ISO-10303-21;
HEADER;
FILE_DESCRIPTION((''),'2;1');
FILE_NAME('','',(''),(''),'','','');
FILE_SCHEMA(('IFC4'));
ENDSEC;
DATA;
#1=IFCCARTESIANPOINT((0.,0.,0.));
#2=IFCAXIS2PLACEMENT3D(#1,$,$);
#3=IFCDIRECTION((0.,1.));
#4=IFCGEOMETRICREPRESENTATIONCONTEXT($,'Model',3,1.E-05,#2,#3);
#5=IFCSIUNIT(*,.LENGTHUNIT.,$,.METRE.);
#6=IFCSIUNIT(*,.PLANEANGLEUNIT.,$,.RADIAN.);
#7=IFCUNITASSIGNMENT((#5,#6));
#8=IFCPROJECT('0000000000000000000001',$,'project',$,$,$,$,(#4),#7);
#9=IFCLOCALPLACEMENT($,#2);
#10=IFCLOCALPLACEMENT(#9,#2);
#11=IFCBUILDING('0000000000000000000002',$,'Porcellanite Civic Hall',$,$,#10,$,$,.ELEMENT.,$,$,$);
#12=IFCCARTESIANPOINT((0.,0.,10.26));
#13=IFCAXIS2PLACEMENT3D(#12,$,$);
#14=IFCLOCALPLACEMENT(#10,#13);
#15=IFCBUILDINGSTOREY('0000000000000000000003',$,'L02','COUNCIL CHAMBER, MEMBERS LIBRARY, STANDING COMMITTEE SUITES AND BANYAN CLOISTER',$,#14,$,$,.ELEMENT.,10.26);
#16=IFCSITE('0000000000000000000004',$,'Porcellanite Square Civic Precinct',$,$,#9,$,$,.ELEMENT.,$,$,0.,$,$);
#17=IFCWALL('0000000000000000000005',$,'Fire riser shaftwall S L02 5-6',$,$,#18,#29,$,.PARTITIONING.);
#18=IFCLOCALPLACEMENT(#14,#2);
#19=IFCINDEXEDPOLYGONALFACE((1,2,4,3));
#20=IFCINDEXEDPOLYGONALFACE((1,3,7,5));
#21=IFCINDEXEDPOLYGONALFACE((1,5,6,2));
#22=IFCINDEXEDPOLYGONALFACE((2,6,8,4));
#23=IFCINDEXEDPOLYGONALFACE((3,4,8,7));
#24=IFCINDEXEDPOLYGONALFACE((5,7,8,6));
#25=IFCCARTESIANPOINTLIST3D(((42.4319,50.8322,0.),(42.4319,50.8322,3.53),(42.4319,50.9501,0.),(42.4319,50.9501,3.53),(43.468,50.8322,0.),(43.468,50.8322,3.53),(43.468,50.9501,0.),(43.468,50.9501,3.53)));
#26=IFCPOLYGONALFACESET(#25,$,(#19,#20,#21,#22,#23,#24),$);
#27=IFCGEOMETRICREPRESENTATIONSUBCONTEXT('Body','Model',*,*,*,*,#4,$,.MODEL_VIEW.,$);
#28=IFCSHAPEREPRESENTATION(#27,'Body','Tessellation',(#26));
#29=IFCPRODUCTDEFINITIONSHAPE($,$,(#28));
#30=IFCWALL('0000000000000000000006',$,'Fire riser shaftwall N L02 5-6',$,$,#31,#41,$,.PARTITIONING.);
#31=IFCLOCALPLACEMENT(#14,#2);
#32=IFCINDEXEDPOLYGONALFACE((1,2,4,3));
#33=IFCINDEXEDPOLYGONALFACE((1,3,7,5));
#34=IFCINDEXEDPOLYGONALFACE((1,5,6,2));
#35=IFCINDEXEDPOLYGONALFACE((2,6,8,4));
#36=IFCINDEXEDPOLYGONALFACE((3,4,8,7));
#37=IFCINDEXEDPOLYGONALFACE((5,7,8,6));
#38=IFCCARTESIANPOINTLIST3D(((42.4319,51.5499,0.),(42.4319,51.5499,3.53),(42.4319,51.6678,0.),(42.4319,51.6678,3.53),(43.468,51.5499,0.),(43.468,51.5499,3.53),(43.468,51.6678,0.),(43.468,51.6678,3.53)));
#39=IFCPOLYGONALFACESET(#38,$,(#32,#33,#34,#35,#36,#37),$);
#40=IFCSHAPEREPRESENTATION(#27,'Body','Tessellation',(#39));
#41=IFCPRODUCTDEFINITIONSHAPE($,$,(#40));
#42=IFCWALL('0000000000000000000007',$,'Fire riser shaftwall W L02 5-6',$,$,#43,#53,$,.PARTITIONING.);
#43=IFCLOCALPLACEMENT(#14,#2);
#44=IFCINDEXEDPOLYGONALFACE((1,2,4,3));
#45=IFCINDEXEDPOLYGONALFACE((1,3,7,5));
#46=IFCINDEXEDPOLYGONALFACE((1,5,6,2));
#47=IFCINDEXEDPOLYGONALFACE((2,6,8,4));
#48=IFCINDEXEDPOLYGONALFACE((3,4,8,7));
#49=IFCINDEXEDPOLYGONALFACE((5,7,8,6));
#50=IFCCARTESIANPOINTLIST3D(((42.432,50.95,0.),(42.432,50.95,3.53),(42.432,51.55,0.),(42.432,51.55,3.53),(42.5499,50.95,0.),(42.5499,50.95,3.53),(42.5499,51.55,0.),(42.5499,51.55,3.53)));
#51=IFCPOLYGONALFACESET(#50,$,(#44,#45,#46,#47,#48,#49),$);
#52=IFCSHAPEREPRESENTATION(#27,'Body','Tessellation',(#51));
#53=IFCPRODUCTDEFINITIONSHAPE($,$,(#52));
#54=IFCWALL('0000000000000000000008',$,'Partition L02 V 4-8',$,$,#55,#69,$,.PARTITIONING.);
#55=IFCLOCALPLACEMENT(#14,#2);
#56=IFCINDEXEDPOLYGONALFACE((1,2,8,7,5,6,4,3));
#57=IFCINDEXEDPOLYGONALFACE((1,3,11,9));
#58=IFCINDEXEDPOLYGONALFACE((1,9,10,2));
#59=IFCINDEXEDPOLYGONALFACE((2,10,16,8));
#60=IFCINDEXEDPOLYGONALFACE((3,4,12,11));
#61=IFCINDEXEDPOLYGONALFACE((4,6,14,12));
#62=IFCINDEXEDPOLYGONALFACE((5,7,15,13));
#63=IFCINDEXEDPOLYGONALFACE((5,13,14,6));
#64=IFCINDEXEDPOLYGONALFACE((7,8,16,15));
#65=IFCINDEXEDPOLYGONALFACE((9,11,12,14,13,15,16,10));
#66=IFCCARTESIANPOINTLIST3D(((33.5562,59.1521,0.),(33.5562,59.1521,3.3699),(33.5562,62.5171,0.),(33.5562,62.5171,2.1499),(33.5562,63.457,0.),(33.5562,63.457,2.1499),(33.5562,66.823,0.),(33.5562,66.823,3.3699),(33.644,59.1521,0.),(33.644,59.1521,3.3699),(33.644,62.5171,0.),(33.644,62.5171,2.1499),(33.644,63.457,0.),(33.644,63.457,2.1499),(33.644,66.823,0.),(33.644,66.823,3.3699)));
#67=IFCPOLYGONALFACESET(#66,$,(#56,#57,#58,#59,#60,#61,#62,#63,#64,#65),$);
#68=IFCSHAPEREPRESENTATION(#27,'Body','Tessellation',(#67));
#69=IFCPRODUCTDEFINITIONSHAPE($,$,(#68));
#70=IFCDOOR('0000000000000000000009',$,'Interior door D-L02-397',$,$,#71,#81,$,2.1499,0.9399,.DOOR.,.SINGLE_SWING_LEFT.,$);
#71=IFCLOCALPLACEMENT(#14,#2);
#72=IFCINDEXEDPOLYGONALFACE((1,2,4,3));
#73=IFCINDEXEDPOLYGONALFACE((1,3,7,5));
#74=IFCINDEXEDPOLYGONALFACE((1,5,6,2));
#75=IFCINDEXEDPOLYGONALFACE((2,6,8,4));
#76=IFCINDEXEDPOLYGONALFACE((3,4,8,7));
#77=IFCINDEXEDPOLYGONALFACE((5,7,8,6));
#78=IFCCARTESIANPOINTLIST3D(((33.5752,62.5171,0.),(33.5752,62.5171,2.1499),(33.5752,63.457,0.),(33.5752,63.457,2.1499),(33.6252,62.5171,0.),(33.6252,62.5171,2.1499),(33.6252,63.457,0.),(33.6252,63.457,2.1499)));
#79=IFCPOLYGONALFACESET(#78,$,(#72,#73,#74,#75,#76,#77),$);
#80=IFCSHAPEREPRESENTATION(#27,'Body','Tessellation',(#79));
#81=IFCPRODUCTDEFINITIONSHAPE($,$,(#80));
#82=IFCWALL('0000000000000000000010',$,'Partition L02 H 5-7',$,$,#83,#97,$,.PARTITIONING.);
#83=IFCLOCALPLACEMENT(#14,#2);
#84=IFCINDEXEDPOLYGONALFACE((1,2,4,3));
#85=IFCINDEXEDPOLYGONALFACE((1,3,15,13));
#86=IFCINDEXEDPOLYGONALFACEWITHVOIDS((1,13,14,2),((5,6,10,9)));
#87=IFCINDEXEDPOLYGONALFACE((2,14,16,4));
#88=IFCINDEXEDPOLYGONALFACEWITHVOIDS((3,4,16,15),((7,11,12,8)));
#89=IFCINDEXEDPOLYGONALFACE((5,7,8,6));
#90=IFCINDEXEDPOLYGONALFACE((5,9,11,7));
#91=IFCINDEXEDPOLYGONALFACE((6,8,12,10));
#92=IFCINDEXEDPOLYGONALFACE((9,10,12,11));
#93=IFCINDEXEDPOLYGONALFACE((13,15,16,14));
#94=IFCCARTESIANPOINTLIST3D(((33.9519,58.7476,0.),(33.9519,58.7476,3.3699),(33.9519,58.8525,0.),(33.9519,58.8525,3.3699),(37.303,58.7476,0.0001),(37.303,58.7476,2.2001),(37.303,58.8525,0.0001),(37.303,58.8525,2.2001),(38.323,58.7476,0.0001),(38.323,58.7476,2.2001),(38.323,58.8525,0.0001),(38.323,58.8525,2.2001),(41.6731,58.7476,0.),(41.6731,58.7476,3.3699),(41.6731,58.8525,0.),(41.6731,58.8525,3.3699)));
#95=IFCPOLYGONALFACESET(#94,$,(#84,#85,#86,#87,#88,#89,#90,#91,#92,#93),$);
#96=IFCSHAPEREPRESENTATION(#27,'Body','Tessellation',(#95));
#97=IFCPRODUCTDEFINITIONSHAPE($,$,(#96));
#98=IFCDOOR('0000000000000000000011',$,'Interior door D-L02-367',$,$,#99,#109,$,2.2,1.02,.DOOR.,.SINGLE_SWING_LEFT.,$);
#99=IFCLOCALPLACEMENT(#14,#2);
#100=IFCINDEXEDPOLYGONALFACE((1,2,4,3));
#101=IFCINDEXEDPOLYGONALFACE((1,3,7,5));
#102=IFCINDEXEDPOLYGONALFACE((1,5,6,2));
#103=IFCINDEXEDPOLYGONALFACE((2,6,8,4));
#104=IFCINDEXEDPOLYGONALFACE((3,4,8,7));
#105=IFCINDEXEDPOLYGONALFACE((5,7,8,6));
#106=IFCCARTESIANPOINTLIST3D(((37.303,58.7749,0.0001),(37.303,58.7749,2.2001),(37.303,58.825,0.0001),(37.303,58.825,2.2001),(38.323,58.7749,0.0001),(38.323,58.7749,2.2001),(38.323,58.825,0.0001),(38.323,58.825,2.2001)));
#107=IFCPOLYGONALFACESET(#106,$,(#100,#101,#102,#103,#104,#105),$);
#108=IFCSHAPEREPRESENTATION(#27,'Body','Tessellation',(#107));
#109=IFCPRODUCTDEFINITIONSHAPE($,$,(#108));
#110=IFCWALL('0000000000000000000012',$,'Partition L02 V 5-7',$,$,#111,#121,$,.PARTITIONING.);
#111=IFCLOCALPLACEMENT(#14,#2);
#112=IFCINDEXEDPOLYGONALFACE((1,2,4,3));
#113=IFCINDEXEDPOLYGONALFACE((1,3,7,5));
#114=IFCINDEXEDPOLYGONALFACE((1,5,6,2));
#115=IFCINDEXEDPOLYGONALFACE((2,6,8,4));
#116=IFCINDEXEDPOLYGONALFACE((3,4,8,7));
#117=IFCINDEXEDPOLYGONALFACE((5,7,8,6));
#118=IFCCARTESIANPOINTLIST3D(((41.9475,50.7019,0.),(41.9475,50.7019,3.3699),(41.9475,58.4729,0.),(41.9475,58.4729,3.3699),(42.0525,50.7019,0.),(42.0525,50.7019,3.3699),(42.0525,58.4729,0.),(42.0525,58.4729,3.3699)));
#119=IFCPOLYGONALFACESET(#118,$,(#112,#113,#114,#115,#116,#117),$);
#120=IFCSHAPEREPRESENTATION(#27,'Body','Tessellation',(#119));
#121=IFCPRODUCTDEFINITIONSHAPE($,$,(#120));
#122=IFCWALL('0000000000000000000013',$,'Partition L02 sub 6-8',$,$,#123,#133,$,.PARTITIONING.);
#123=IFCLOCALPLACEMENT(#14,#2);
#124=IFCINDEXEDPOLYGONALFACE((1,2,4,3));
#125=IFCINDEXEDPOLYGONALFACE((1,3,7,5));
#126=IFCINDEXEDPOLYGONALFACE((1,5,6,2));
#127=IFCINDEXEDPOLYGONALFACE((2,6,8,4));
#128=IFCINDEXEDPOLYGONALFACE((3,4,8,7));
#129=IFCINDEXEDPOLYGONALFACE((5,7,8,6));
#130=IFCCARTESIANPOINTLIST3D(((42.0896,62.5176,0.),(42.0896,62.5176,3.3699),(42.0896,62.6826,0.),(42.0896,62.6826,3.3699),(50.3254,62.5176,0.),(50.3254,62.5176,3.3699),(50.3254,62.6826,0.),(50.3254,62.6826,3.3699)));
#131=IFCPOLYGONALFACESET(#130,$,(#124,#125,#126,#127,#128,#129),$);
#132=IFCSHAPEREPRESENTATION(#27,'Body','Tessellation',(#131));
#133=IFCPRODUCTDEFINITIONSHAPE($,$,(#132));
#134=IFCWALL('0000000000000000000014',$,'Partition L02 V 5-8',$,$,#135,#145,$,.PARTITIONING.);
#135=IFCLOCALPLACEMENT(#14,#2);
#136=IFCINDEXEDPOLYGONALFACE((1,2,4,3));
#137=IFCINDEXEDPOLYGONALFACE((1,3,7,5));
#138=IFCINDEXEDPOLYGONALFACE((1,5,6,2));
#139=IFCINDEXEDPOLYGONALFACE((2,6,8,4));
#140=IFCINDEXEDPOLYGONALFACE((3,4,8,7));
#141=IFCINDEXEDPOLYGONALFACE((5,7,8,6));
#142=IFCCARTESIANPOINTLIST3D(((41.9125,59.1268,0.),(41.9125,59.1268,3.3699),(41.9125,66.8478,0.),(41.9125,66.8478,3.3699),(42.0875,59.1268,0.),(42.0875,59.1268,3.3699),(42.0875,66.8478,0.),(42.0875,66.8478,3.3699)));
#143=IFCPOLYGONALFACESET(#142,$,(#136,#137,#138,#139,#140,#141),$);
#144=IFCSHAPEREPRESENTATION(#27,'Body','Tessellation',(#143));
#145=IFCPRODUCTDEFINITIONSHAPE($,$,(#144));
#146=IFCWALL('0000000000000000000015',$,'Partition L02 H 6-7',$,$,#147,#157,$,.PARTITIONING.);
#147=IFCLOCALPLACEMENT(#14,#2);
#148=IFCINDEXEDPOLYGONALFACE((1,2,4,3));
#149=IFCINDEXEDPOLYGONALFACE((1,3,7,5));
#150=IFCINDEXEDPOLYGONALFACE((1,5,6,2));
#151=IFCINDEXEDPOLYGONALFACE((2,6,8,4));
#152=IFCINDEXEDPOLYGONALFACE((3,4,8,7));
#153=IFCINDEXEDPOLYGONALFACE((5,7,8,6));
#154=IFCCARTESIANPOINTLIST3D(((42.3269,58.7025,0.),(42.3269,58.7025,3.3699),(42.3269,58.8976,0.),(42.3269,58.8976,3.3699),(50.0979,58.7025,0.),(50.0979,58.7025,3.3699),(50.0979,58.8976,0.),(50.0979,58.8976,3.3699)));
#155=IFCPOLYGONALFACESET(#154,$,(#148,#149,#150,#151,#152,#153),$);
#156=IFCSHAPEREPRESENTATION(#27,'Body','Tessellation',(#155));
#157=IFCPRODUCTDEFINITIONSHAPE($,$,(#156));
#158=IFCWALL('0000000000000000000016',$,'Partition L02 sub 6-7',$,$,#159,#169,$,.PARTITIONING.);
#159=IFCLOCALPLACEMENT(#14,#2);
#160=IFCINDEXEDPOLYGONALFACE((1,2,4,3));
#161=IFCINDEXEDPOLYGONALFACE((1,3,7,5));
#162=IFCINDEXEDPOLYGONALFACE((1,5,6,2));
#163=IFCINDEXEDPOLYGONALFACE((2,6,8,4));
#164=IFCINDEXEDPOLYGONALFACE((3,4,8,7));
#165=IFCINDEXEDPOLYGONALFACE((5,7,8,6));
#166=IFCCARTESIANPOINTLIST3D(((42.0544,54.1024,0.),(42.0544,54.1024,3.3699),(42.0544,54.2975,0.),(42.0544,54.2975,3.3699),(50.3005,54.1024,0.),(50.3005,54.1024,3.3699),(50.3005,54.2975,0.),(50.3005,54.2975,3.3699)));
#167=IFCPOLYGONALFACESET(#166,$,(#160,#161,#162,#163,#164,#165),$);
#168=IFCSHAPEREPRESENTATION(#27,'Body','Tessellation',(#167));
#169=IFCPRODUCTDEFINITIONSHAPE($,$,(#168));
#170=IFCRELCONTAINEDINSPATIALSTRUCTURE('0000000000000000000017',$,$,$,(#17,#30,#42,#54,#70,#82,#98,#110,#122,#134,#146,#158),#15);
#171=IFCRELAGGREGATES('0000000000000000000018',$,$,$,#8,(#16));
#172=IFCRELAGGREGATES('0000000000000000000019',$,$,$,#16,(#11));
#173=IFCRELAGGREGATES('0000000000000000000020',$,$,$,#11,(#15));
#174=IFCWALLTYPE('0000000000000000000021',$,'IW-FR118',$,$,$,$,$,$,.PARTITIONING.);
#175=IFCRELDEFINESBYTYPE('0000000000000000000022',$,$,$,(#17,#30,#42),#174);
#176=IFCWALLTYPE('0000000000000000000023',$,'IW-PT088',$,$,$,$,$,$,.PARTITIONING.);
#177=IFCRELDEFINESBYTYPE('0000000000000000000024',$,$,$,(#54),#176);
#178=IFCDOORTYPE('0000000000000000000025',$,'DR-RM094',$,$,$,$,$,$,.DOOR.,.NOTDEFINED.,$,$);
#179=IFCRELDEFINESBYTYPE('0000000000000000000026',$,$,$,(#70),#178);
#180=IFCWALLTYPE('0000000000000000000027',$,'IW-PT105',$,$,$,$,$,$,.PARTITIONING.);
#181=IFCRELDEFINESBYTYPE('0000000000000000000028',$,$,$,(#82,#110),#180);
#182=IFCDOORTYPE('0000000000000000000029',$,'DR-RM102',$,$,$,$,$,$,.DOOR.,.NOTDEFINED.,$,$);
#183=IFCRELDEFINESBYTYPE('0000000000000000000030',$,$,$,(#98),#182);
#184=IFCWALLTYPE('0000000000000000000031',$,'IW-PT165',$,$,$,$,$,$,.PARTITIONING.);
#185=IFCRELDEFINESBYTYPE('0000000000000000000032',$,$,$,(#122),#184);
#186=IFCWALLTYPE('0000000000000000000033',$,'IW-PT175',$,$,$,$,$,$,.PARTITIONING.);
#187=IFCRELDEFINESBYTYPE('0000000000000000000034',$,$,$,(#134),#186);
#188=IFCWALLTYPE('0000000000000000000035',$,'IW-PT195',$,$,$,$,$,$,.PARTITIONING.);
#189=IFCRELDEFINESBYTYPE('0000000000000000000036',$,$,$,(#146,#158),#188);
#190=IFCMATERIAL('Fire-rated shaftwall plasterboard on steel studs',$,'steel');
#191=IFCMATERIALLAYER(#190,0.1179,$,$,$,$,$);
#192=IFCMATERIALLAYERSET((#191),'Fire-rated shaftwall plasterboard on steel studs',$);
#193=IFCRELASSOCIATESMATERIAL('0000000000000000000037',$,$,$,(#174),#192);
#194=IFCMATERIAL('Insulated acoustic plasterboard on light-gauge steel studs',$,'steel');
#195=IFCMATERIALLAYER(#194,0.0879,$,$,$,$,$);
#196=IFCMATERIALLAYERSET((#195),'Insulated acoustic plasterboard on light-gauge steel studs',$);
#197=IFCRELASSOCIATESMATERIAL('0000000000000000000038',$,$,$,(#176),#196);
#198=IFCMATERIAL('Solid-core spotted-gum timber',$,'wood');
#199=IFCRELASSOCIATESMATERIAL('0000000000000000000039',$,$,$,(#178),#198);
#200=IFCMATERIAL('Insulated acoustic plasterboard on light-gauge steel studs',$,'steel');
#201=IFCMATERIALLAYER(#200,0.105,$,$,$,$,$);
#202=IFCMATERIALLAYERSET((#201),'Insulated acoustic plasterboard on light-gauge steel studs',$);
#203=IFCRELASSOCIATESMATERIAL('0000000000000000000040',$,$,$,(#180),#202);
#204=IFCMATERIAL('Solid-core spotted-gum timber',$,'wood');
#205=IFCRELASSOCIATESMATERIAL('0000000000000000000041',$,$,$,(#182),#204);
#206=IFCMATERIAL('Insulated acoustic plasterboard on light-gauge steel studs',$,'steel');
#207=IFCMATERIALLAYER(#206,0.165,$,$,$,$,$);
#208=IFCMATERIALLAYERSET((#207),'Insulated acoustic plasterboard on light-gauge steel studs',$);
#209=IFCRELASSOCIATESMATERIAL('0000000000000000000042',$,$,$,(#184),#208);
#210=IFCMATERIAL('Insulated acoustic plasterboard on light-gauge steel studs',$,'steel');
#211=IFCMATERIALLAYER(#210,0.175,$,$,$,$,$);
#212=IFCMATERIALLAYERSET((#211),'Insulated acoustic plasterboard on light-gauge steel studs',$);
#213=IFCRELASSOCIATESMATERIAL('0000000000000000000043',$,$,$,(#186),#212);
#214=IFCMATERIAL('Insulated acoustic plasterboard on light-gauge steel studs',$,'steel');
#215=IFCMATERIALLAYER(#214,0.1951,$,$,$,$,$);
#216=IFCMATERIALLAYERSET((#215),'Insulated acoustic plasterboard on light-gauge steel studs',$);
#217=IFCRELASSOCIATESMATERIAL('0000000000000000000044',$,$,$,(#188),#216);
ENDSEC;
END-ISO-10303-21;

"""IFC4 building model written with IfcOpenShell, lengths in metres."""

from ifc_helpers import new_model, si_unit, direction, frame, frame_2d, origin, place, context, subcontext, project, spatial, rectangle, extrude, material, layer, layer_set, type_object, element, fill, save


model = new_model("IFC4")

# Units and contexts
model_context = context("Model", 3, precision=1e-05, world=origin(), true_north=direction((0.0, 1.0)))
body_context = subcontext(model_context, "Body", "Model", "MODEL_VIEW")
ifc_project = project(units=[si_unit("LENGTHUNIT", "METRE"), si_unit("PLANEANGLEUNIT", "RADIAN")], contexts=[model_context])

# Site, building, storey
site_placement = place(None, origin())
site = spatial("IfcSite", under=ifc_project, at=site_placement, Name="Porcellanite Square Civic Precinct", CompositionType="ELEMENT", RefElevation=0.0)
building_placement = place(site_placement, origin())
building = spatial("IfcBuilding", under=site, at=building_placement, Name="Porcellanite Civic Hall", CompositionType="ELEMENT")
storey_placement = place(building_placement, frame((0.0, 0.0, 10.26)))
storey = spatial("IfcBuildingStorey", under=building, at=storey_placement, Name="L02", Description="COUNCIL CHAMBER, MEMBERS LIBRARY, STANDING COMMITTEE SUITES AND BANYAN CLOISTER", CompositionType="ELEMENT", Elevation=10.26)

# Walls
ifc_material_1 = material(Name="Fire-rated shaftwall plasterboard on steel studs", Category="steel")
ifc_layer_1 = layer(ifc_material_1, 0.1179)
ifc_layer_set_1 = layer_set([ifc_layer_1], Name="Fire-rated shaftwall plasterboard on steel studs")
wall_type_1 = type_object("IfcWallType", Name="IW-FR118", PredefinedType="PARTITIONING", material=ifc_layer_set_1)
for number, where, z_axis, x_axis, name in (
    (1, (42.4319, 50.8911, 0.0), (0.0, 0.0, 1.0), (1.0, 0.0, 0.0), "Fire riser shaftwall S L02 5-6"),
    (2, (42.4319, 51.6089, 0.0), (0.0, 0.0, 1.0), (1.0, 0.0, 0.0), "Fire riser shaftwall N L02 5-6"),
):
    element("IfcWall", number, at=place(storey_placement, frame(where, z_axis=z_axis, x_axis=x_axis)), inside=storey, type_object=wall_type_1, Name=name, PredefinedType="PARTITIONING", context=body_context, shape_type="SweptSolid", body=[
        extrude(rectangle(XDim=1.0361, YDim=0.1179, at=frame_2d((0.5181, 0.0))), origin(), (0.0, 0.0, 1.0), 3.53),
    ])
wall_1_placement = place(storey_placement, frame((42.491, 50.95, 0.0), z_axis=(0.0, 0.0, 1.0), x_axis=(0.0, 1.0, 0.0)))
element("IfcWall", 3, at=wall_1_placement, inside=storey, type_object=wall_type_1, Name="Fire riser shaftwall W L02 5-6", PredefinedType="PARTITIONING", context=body_context, shape_type="SweptSolid", body=[
    extrude(rectangle(XDim=0.6001, YDim=0.1179, at=frame_2d((0.3, 0.0))), origin(), (0.0, 0.0, 1.0), 3.53),
])

# Walls, openings, doors
ifc_material_2 = material(Name="Insulated acoustic plasterboard on light-gauge steel studs", Category="steel")
ifc_layer_2 = layer(ifc_material_2, 0.0879)
ifc_layer_set_2 = layer_set([ifc_layer_2], Name="Insulated acoustic plasterboard on light-gauge steel studs")
wall_type_2 = type_object("IfcWallType", Name="IW-PT088", PredefinedType="PARTITIONING", material=ifc_layer_set_2)
wall_2_placement = place(storey_placement, frame((33.6001, 59.1521, 0.0), z_axis=(0.0, 0.0, 1.0), x_axis=(0.0, 1.0, 0.0)))
wall_2 = element("IfcWall", 4, at=wall_2_placement, inside=storey, type_object=wall_type_2, Name="Partition L02 V 4-8", PredefinedType="PARTITIONING", context=body_context, shape_type="SweptSolid", body=[
    extrude(rectangle(XDim=7.6709, YDim=0.0879, at=frame_2d((3.8354, 0.0))), origin(), (0.0, 0.0, 1.0), 3.3699),
])
opening_1_placement = place(wall_2_placement, frame((3.365, 0.0, 0.0)))
opening_1 = element("IfcOpeningElement", 5, at=opening_1_placement, cuts=wall_2, PredefinedType="OPENING", context=body_context, shape_type="SweptSolid", body=[
    extrude(rectangle(XDim=0.9399, YDim=2.1499, at=frame_2d((0.47, 1.075))), frame((0.0, 0.0439, 0.0), z_axis=(0.0, -1.0, 0.0), x_axis=(1.0, 0.0, 0.0)), (0.0, 0.0, 1.0), 0.0879),
])
ifc_material_3 = material(Name="Solid-core spotted-gum timber", Category="wood")
door_type_1 = type_object("IfcDoorType", Name="DR-RM094", OperationType="NOTDEFINED", PredefinedType="DOOR", material=ifc_material_3)
door_1_placement = place(opening_1_placement, origin())
door_1 = element("IfcDoor", 6, at=door_1_placement, inside=storey, type_object=door_type_1, Name="Interior door D-L02-397", OperationType="SINGLE_SWING_LEFT", OverallHeight=2.1499, OverallWidth=0.9399, PredefinedType="DOOR", context=body_context, shape_type="SweptSolid", body=[
    extrude(rectangle(XDim=0.9399, YDim=2.1499, at=frame_2d((0.47, 1.075))), frame((0.0, 0.0249, 0.0), z_axis=(0.0, -1.0, 0.0), x_axis=(1.0, 0.0, 0.0)), (0.0, 0.0, 1.0), 0.05),
])
fill(opening_1, door_1)
ifc_material_4 = material(Name="Insulated acoustic plasterboard on light-gauge steel studs", Category="steel")
ifc_layer_3 = layer(ifc_material_4, 0.105)
ifc_layer_set_3 = layer_set([ifc_layer_3], Name="Insulated acoustic plasterboard on light-gauge steel studs")
wall_type_3 = type_object("IfcWallType", Name="IW-PT105", PredefinedType="PARTITIONING", material=ifc_layer_set_3)
wall_3_placement = place(storey_placement, frame((33.9519, 58.8, 0.0), z_axis=(0.0, 0.0, 1.0), x_axis=(1.0, 0.0, 0.0)))
wall_3 = element("IfcWall", 7, at=wall_3_placement, inside=storey, type_object=wall_type_3, Name="Partition L02 H 5-7", PredefinedType="PARTITIONING", context=body_context, shape_type="SweptSolid", body=[
    extrude(rectangle(XDim=7.7212, YDim=0.105, at=frame_2d((3.8606, 0.0))), origin(), (0.0, 0.0, 1.0), 3.3699),
])
opening_2_placement = place(wall_3_placement, frame((3.3511, 0.0, 0.0)))
opening_2 = element("IfcOpeningElement", 8, at=opening_2_placement, cuts=wall_3, PredefinedType="OPENING", context=body_context, shape_type="SweptSolid", body=[
    extrude(rectangle(XDim=1.02, YDim=2.2, at=frame_2d((0.51, 1.1001))), frame((0.0, 0.0525, 0.0), z_axis=(0.0, -1.0, 0.0), x_axis=(1.0, 0.0, 0.0)), (0.0, 0.0, 1.0), 0.105),
])
ifc_material_5 = material(Name="Solid-core spotted-gum timber", Category="wood")
door_type_2 = type_object("IfcDoorType", Name="DR-RM102", OperationType="NOTDEFINED", PredefinedType="DOOR", material=ifc_material_5)
door_2_placement = place(opening_2_placement, origin())
door_2 = element("IfcDoor", 9, at=door_2_placement, inside=storey, type_object=door_type_2, Name="Interior door D-L02-367", OperationType="SINGLE_SWING_LEFT", OverallHeight=2.2, OverallWidth=1.02, PredefinedType="DOOR", context=body_context, shape_type="SweptSolid", body=[
    extrude(rectangle(XDim=1.02, YDim=2.2, at=frame_2d((0.51, 1.1001))), frame((0.0, 0.0249, 0.0), z_axis=(0.0, -1.0, 0.0), x_axis=(1.0, 0.0, 0.0)), (0.0, 0.0, 1.0), 0.05),
])
fill(opening_2, door_2)

# Wall
wall_4_placement = place(storey_placement, frame((42.0, 50.7019, 0.0), z_axis=(0.0, 0.0, 1.0), x_axis=(0.0, 1.0, 0.0)))
element("IfcWall", 10, at=wall_4_placement, inside=storey, type_object=wall_type_3, Name="Partition L02 V 5-7", PredefinedType="PARTITIONING", context=body_context, shape_type="SweptSolid", body=[
    extrude(rectangle(XDim=7.771, YDim=0.105, at=frame_2d((3.8855, 0.0))), origin(), (0.0, 0.0, 1.0), 3.3699),
])

# Walls
ifc_material_6 = material(Name="Insulated acoustic plasterboard on light-gauge steel studs", Category="steel")
ifc_layer_4 = layer(ifc_material_6, 0.165)
ifc_layer_set_4 = layer_set([ifc_layer_4], Name="Insulated acoustic plasterboard on light-gauge steel studs")
wall_type_4 = type_object("IfcWallType", Name="IW-PT165", PredefinedType="PARTITIONING", material=ifc_layer_set_4)
wall_5_placement = place(storey_placement, frame((42.0896, 62.6001, 0.0), z_axis=(0.0, 0.0, 1.0), x_axis=(1.0, 0.0, 0.0)))
element("IfcWall", 11, at=wall_5_placement, inside=storey, type_object=wall_type_4, Name="Partition L02 sub 6-8", PredefinedType="PARTITIONING", context=body_context, shape_type="SweptSolid", body=[
    extrude(rectangle(XDim=8.2358, YDim=0.165, at=frame_2d((4.1179, 0.0))), origin(), (0.0, 0.0, 1.0), 3.3699),
])
ifc_material_7 = material(Name="Insulated acoustic plasterboard on light-gauge steel studs", Category="steel")
ifc_layer_5 = layer(ifc_material_7, 0.175)
ifc_layer_set_5 = layer_set([ifc_layer_5], Name="Insulated acoustic plasterboard on light-gauge steel studs")
wall_type_5 = type_object("IfcWallType", Name="IW-PT175", PredefinedType="PARTITIONING", material=ifc_layer_set_5)
wall_6_placement = place(storey_placement, frame((42.0, 59.127, 0.0), z_axis=(0.0, 0.0, 1.0), x_axis=(0.0, 1.0, 0.0)))
element("IfcWall", 12, at=wall_6_placement, inside=storey, type_object=wall_type_5, Name="Partition L02 V 5-8", PredefinedType="PARTITIONING", context=body_context, shape_type="SweptSolid", body=[
    extrude(rectangle(XDim=7.7209, YDim=0.175, at=frame_2d((3.8604, 0.0))), origin(), (0.0, 0.0, 1.0), 3.3699),
])
ifc_material_8 = material(Name="Insulated acoustic plasterboard on light-gauge steel studs", Category="steel")
ifc_layer_6 = layer(ifc_material_8, 0.1951)
ifc_layer_set_6 = layer_set([ifc_layer_6], Name="Insulated acoustic plasterboard on light-gauge steel studs")
wall_type_6 = type_object("IfcWallType", Name="IW-PT195", PredefinedType="PARTITIONING", material=ifc_layer_set_6)
wall_7_placement = place(storey_placement, frame((42.3269, 58.8, 0.0), z_axis=(0.0, 0.0, 1.0), x_axis=(1.0, 0.0, 0.0)))
element("IfcWall", 13, at=wall_7_placement, inside=storey, type_object=wall_type_6, Name="Partition L02 H 6-7", PredefinedType="PARTITIONING", context=body_context, shape_type="SweptSolid", body=[
    extrude(rectangle(XDim=7.771, YDim=0.1951, at=frame_2d((3.8855, 0.0))), origin(), (0.0, 0.0, 1.0), 3.3699),
])
wall_8_placement = place(storey_placement, frame((42.0544, 54.2, 0.0), z_axis=(0.0, 0.0, 1.0), x_axis=(1.0, 0.0, 0.0)))
element("IfcWall", 14, at=wall_8_placement, inside=storey, type_object=wall_type_6, Name="Partition L02 sub 6-7", PredefinedType="PARTITIONING", context=body_context, shape_type="SweptSolid", body=[
    extrude(rectangle(XDim=8.2461, YDim=0.1951, at=frame_2d((4.123, 0.0))), origin(), (0.0, 0.0, 1.0), 3.3699),
])

save(model, "model.ifc")
